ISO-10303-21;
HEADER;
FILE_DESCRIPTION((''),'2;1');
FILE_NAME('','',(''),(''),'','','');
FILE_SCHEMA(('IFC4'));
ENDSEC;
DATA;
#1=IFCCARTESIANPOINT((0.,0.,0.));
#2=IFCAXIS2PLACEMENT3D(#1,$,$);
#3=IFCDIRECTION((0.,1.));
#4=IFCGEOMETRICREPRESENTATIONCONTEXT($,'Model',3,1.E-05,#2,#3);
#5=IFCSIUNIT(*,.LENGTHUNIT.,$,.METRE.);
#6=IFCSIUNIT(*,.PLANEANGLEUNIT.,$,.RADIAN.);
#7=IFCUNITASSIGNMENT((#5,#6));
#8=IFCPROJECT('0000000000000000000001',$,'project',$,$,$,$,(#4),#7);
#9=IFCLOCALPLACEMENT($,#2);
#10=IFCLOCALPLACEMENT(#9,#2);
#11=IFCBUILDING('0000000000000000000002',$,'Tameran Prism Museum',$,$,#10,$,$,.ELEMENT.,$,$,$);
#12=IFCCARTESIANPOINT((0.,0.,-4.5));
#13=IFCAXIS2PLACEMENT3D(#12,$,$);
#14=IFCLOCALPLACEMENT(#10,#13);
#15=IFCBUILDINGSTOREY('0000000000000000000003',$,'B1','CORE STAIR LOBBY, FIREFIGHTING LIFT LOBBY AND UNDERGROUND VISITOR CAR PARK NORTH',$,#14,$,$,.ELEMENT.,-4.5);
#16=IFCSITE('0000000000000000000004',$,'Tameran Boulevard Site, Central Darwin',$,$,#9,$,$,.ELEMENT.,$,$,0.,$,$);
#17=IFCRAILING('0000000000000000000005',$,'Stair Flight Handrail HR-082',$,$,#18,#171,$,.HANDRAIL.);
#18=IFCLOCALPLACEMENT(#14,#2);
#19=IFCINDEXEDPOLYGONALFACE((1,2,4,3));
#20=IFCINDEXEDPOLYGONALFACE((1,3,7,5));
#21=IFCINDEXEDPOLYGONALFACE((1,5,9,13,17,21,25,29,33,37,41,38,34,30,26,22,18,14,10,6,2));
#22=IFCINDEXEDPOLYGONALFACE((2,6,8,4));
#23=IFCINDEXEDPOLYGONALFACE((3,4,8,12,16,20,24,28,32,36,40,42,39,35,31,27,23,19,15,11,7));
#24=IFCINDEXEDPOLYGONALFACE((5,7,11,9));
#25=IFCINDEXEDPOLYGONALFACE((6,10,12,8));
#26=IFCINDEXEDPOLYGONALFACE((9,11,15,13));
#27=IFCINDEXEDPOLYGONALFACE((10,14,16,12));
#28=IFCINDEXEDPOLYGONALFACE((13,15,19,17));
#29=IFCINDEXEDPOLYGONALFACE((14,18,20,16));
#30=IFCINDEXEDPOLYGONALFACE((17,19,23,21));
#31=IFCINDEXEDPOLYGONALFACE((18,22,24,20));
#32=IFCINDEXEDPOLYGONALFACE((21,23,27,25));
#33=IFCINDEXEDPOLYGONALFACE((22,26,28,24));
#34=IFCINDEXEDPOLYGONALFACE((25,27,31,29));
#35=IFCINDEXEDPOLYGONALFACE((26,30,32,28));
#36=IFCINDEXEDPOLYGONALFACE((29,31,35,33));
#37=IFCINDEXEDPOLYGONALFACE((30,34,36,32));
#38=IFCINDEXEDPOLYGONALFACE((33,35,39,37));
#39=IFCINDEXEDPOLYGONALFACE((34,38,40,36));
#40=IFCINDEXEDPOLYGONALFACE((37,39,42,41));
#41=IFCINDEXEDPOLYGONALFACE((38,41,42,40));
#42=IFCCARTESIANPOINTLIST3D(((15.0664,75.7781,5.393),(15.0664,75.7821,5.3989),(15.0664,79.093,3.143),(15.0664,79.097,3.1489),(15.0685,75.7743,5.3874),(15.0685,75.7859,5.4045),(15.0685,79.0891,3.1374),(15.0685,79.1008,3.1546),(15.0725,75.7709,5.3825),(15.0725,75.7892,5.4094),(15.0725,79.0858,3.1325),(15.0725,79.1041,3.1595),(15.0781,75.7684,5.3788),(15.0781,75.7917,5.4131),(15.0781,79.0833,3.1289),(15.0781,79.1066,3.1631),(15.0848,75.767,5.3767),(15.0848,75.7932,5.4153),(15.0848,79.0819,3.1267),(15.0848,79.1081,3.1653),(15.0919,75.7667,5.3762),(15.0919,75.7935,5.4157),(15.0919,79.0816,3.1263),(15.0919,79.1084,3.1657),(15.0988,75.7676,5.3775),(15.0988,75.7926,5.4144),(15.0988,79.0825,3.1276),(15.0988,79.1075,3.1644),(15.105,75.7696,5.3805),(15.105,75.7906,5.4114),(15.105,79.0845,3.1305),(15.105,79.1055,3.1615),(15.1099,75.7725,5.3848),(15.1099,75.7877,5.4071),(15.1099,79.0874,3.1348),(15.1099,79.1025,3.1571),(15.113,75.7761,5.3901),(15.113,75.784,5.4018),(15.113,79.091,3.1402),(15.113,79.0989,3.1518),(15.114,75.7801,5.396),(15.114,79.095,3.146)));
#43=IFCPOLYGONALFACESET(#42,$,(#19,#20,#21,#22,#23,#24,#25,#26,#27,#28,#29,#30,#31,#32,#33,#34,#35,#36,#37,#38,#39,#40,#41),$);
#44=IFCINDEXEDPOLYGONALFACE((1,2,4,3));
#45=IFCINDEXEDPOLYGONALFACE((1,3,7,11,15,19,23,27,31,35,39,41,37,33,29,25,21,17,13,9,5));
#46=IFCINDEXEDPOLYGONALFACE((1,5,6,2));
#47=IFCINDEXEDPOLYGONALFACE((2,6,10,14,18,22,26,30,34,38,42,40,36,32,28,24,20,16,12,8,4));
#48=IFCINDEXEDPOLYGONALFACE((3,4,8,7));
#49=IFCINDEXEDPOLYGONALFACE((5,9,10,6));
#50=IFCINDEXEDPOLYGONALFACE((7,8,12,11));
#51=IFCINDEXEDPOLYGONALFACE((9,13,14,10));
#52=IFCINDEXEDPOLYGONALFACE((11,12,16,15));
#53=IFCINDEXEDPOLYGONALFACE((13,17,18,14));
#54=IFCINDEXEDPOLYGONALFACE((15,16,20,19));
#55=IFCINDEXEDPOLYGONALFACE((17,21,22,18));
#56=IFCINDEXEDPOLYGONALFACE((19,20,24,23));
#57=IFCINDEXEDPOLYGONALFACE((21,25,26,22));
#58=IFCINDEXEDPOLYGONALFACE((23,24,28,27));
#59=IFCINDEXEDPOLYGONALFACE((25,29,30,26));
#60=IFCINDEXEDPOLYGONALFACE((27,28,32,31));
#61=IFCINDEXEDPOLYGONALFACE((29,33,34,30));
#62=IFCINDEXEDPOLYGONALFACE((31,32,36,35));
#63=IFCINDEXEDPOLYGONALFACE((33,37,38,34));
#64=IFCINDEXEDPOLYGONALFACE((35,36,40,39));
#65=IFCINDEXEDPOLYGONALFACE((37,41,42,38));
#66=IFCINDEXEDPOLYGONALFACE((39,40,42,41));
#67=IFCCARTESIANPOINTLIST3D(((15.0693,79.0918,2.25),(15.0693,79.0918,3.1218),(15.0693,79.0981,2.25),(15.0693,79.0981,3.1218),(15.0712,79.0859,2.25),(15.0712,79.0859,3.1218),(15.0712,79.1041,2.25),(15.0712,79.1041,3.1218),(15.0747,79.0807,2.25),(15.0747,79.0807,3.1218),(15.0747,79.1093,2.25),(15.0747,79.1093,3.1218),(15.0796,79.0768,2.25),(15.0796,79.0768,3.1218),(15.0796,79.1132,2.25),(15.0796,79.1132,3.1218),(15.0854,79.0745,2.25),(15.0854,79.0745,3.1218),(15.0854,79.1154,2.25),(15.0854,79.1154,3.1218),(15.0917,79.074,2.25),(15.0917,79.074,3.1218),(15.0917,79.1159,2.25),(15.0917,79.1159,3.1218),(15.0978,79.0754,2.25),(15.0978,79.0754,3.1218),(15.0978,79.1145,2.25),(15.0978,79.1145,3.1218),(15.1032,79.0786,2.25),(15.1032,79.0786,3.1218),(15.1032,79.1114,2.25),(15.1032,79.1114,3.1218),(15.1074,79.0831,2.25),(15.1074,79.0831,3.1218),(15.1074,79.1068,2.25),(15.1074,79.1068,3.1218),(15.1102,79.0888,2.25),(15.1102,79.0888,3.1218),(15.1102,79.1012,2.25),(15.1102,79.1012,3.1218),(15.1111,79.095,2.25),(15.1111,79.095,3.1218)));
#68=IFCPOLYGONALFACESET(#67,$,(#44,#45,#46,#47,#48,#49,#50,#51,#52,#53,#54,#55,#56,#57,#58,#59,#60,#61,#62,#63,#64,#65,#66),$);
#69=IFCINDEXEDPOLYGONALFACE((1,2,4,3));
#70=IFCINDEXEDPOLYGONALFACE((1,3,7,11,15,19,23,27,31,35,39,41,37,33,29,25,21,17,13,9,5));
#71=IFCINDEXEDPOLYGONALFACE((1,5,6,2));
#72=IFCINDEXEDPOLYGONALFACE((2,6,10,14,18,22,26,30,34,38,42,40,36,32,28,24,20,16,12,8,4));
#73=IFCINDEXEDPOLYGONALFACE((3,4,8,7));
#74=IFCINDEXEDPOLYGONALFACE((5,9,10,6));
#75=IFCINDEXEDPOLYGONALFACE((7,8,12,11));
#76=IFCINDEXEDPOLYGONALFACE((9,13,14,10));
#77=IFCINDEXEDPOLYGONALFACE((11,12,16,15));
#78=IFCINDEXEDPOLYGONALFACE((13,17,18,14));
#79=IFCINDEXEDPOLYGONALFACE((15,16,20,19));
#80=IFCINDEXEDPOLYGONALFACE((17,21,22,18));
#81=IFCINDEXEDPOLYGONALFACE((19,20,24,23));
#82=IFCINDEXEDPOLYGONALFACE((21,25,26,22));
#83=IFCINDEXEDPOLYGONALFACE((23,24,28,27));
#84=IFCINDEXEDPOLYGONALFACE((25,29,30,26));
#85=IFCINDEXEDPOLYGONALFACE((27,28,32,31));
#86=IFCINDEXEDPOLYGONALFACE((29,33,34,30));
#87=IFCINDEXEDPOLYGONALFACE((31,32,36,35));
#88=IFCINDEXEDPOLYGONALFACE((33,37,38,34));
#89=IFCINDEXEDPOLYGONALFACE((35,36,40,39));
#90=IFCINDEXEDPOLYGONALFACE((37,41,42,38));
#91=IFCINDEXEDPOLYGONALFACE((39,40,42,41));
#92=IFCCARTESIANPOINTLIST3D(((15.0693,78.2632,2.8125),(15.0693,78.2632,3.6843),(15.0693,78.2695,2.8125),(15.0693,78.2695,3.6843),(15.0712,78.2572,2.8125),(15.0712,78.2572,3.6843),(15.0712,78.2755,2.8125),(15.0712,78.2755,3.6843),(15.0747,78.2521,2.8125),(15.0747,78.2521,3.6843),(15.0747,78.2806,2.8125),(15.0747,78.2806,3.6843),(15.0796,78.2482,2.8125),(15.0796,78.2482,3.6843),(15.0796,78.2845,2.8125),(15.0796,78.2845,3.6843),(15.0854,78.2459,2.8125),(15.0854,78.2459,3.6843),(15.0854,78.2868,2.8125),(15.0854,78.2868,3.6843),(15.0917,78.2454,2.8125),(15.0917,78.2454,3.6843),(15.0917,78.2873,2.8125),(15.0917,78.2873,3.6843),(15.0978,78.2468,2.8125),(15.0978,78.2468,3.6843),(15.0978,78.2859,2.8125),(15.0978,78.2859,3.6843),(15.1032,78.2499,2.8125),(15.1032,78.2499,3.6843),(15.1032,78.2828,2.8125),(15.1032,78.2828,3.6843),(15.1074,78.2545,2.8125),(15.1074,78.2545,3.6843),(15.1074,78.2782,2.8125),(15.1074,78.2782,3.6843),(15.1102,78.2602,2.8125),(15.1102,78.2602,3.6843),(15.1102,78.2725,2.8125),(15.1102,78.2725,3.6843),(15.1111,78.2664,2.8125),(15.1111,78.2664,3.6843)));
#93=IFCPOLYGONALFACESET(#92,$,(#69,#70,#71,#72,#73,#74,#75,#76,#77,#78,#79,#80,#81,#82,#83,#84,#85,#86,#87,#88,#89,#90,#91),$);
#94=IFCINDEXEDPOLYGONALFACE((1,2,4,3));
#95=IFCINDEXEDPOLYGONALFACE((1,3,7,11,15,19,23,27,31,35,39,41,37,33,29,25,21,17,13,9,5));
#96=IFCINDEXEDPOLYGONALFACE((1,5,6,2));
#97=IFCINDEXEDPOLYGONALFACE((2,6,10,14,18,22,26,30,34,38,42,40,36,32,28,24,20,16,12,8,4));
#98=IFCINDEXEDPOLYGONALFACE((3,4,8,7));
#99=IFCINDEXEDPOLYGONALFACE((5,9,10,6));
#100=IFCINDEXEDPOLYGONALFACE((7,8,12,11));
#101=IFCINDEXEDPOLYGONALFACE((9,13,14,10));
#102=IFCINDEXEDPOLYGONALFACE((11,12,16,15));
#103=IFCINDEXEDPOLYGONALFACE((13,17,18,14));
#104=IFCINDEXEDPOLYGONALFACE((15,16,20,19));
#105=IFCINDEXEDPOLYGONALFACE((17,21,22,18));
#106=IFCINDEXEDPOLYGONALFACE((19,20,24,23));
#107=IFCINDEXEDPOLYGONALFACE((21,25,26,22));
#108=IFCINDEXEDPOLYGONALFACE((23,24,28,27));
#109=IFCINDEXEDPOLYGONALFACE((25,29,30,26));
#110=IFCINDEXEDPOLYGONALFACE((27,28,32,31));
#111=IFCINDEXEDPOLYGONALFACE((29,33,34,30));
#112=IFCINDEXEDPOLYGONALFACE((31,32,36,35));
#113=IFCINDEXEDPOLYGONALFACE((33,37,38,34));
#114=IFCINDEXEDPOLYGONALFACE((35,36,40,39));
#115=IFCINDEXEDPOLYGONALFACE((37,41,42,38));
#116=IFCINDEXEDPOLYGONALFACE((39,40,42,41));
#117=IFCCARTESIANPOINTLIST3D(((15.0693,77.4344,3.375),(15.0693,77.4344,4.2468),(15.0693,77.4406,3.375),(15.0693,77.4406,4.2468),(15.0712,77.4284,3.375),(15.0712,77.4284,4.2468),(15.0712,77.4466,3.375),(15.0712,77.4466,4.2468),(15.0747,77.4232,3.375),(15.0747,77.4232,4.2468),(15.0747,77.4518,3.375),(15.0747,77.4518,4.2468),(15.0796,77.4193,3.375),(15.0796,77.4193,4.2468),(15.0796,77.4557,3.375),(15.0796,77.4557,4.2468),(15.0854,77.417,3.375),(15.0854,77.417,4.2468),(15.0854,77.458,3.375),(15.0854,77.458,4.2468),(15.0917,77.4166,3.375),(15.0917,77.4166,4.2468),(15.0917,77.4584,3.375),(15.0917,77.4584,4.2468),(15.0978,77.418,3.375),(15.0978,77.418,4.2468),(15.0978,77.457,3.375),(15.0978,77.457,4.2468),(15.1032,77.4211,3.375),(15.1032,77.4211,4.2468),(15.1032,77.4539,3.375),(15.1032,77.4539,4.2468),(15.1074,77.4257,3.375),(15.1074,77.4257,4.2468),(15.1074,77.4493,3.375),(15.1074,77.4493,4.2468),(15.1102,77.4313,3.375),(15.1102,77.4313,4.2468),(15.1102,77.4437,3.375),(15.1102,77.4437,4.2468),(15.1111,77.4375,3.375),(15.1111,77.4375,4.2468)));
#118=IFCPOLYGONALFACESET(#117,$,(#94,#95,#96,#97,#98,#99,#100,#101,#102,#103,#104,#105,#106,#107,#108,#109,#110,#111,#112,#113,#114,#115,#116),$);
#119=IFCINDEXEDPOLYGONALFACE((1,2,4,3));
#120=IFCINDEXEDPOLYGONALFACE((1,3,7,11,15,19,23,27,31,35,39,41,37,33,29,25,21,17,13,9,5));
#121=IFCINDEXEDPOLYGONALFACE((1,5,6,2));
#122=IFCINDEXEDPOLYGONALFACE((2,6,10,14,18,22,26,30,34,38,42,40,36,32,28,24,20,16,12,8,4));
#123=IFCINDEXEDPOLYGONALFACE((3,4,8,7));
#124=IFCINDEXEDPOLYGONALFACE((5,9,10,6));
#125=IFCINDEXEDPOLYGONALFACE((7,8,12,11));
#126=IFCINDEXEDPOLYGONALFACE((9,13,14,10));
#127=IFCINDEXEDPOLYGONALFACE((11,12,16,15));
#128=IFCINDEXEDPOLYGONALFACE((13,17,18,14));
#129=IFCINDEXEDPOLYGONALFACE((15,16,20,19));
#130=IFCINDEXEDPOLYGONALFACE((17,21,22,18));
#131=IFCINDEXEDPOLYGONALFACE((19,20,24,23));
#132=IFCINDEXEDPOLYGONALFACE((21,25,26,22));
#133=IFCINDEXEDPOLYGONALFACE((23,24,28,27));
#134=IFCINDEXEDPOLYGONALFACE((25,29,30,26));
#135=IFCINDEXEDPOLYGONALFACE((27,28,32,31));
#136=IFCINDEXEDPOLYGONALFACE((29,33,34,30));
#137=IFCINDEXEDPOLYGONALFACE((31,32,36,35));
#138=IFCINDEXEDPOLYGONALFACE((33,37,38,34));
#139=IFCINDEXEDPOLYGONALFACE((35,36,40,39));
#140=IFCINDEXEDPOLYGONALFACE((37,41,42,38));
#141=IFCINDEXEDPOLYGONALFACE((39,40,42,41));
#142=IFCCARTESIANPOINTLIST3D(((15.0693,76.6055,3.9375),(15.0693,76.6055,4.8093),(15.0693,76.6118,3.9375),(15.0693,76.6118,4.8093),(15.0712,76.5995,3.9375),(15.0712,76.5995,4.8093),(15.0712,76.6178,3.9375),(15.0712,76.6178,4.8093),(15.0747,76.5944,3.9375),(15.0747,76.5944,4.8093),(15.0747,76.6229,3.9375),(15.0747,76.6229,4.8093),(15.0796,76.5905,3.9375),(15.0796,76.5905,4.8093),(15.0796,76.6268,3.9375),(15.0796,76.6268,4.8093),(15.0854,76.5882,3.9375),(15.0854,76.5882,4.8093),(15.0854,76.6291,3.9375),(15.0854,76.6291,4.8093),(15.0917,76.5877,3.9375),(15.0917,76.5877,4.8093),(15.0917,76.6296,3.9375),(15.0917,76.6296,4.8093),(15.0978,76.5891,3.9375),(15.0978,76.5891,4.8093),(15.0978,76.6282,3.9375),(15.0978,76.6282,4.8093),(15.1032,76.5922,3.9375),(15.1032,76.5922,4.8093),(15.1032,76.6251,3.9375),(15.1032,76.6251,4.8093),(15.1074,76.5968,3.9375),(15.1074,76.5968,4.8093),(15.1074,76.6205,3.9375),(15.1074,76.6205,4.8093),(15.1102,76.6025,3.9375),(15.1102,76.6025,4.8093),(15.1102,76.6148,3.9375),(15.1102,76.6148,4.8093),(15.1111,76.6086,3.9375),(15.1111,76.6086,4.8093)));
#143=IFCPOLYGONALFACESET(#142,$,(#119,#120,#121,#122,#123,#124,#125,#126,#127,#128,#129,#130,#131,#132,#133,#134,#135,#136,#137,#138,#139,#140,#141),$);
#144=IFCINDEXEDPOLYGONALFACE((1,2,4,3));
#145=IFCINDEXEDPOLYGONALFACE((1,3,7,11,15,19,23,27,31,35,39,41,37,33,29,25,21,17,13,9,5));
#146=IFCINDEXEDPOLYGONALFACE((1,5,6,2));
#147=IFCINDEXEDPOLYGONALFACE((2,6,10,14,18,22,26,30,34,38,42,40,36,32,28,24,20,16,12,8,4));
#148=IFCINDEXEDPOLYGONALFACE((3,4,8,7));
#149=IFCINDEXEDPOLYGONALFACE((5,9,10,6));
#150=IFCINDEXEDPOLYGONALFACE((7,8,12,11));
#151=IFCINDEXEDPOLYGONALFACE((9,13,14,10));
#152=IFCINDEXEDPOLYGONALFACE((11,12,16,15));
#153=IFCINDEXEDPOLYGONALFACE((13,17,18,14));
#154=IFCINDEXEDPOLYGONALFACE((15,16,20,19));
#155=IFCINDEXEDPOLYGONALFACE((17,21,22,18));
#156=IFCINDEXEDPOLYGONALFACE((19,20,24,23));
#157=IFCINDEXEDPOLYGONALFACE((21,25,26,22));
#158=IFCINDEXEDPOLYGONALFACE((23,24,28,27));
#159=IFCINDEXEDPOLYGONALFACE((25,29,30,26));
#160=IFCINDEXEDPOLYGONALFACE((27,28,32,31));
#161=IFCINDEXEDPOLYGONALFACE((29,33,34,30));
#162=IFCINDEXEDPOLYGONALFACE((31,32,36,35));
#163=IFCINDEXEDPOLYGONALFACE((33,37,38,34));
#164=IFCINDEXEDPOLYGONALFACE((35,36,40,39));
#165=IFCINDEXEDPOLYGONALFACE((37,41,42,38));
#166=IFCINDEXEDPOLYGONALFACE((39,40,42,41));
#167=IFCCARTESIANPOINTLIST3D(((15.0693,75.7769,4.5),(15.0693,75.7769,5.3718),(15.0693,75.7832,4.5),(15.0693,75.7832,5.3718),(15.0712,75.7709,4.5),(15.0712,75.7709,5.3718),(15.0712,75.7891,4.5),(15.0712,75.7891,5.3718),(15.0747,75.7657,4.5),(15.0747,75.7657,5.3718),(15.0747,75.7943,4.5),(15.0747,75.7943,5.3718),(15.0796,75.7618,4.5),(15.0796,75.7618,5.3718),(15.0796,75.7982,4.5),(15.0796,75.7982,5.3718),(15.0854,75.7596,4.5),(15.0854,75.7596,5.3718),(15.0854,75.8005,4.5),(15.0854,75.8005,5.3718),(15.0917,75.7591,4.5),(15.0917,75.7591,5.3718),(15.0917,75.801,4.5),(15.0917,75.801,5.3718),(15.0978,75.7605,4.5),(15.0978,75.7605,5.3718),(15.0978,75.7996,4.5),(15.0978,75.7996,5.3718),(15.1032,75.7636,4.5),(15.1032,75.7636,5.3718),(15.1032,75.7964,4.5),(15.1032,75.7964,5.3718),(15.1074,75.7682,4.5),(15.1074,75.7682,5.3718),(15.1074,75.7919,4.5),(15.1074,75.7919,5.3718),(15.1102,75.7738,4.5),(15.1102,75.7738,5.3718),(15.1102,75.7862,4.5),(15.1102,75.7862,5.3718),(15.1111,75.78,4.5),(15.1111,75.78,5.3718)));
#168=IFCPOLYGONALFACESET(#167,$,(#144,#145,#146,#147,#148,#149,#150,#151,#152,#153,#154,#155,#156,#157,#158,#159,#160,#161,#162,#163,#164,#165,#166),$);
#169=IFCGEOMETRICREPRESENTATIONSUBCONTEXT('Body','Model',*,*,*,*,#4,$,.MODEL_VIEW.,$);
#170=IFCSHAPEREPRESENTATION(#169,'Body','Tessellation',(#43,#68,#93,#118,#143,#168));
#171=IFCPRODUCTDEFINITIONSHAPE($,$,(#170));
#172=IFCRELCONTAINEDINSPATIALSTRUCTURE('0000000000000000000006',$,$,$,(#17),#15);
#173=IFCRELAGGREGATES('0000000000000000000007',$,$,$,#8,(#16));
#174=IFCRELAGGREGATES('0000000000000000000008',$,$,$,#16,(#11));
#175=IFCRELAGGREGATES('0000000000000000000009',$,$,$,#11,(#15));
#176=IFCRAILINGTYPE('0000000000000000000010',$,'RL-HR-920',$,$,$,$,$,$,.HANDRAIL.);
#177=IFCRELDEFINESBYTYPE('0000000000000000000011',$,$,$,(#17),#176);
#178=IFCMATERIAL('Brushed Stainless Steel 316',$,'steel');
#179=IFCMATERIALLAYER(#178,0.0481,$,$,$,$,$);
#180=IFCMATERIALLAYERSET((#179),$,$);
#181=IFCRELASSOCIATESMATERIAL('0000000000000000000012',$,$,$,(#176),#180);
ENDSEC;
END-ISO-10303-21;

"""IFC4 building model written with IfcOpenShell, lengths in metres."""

from ifc_helpers import new_model, si_unit, direction, frame, origin, origin_2d, place, context, subcontext, project, spatial, circle, extrude, material, layer, layer_set, type_object, element, save


model = new_model("IFC4")

# Units and contexts
model_context = context("Model", 3, precision=1e-05, world=origin(), true_north=direction((0.0, 1.0)))
body_context = subcontext(model_context, "Body", "Model", "MODEL_VIEW")
ifc_project = project(units=[si_unit("LENGTHUNIT", "METRE"), si_unit("PLANEANGLEUNIT", "RADIAN")], contexts=[model_context])

# Site, building, storey
site_placement = place(None, origin())
site = spatial("IfcSite", under=ifc_project, at=site_placement, Name="Tameran Boulevard Site, Central Darwin", CompositionType="ELEMENT", RefElevation=0.0)
building_placement = place(site_placement, origin())
building = spatial("IfcBuilding", under=site, at=building_placement, Name="Tameran Prism Museum", CompositionType="ELEMENT")
storey_placement = place(building_placement, frame((0.0, 0.0, -4.5)))
storey = spatial("IfcBuildingStorey", under=building, at=storey_placement, Name="B1", Description="CORE STAIR LOBBY, FIREFIGHTING LIFT LOBBY AND UNDERGROUND VISITOR CAR PARK NORTH", CompositionType="ELEMENT", Elevation=-4.5)

# Railing
ifc_material_1 = material(Name="Brushed Stainless Steel 316", Category="steel")
ifc_layer_1 = layer(ifc_material_1, 0.0481)
ifc_layer_set_1 = layer_set([ifc_layer_1])
railing_type_1 = type_object("IfcRailingType", Name="RL-HR-920", PredefinedType="HANDRAIL", material=ifc_layer_set_1)
railing_1_placement = place(storey_placement, frame((15.0901, 79.095, 2.25)))
element("IfcRailing", 1, at=railing_1_placement, inside=storey, type_object=railing_type_1, Name="Stair Flight Handrail HR-082", PredefinedType="HANDRAIL", context=body_context, shape_type="SweptSolid", body=[
    extrude(circle(Radius=0.0239, at=origin_2d()), frame((0.0, 0.0, 0.896), z_axis=(0.0, -0.827409, 0.5616), x_axis=(1.0, 0.0, 0.0)), (0.0, 0.0, 1.0), 4.0063),
    extrude(circle(Radius=0.021, at=origin_2d()), origin(), (0.0, 0.0, 1.0), 0.8718),
    extrude(circle(Radius=0.021, at=origin_2d()), frame((0.0, -0.8286, 0.5625)), (0.0, 0.0, 1.0), 0.8718),
    extrude(circle(Radius=0.021, at=origin_2d()), frame((0.0, -1.6575, 1.125)), (0.0, 0.0, 1.0), 0.8718),
    extrude(circle(Radius=0.021, at=origin_2d()), frame((0.0, -2.4863, 1.6875)), (0.0, 0.0, 1.0), 0.8718),
    extrude(circle(Radius=0.021, at=origin_2d()), frame((0.0, -3.3149, 2.25)), (0.0, 0.0, 1.0), 0.8718),
])

save(model, "model.ifc")
